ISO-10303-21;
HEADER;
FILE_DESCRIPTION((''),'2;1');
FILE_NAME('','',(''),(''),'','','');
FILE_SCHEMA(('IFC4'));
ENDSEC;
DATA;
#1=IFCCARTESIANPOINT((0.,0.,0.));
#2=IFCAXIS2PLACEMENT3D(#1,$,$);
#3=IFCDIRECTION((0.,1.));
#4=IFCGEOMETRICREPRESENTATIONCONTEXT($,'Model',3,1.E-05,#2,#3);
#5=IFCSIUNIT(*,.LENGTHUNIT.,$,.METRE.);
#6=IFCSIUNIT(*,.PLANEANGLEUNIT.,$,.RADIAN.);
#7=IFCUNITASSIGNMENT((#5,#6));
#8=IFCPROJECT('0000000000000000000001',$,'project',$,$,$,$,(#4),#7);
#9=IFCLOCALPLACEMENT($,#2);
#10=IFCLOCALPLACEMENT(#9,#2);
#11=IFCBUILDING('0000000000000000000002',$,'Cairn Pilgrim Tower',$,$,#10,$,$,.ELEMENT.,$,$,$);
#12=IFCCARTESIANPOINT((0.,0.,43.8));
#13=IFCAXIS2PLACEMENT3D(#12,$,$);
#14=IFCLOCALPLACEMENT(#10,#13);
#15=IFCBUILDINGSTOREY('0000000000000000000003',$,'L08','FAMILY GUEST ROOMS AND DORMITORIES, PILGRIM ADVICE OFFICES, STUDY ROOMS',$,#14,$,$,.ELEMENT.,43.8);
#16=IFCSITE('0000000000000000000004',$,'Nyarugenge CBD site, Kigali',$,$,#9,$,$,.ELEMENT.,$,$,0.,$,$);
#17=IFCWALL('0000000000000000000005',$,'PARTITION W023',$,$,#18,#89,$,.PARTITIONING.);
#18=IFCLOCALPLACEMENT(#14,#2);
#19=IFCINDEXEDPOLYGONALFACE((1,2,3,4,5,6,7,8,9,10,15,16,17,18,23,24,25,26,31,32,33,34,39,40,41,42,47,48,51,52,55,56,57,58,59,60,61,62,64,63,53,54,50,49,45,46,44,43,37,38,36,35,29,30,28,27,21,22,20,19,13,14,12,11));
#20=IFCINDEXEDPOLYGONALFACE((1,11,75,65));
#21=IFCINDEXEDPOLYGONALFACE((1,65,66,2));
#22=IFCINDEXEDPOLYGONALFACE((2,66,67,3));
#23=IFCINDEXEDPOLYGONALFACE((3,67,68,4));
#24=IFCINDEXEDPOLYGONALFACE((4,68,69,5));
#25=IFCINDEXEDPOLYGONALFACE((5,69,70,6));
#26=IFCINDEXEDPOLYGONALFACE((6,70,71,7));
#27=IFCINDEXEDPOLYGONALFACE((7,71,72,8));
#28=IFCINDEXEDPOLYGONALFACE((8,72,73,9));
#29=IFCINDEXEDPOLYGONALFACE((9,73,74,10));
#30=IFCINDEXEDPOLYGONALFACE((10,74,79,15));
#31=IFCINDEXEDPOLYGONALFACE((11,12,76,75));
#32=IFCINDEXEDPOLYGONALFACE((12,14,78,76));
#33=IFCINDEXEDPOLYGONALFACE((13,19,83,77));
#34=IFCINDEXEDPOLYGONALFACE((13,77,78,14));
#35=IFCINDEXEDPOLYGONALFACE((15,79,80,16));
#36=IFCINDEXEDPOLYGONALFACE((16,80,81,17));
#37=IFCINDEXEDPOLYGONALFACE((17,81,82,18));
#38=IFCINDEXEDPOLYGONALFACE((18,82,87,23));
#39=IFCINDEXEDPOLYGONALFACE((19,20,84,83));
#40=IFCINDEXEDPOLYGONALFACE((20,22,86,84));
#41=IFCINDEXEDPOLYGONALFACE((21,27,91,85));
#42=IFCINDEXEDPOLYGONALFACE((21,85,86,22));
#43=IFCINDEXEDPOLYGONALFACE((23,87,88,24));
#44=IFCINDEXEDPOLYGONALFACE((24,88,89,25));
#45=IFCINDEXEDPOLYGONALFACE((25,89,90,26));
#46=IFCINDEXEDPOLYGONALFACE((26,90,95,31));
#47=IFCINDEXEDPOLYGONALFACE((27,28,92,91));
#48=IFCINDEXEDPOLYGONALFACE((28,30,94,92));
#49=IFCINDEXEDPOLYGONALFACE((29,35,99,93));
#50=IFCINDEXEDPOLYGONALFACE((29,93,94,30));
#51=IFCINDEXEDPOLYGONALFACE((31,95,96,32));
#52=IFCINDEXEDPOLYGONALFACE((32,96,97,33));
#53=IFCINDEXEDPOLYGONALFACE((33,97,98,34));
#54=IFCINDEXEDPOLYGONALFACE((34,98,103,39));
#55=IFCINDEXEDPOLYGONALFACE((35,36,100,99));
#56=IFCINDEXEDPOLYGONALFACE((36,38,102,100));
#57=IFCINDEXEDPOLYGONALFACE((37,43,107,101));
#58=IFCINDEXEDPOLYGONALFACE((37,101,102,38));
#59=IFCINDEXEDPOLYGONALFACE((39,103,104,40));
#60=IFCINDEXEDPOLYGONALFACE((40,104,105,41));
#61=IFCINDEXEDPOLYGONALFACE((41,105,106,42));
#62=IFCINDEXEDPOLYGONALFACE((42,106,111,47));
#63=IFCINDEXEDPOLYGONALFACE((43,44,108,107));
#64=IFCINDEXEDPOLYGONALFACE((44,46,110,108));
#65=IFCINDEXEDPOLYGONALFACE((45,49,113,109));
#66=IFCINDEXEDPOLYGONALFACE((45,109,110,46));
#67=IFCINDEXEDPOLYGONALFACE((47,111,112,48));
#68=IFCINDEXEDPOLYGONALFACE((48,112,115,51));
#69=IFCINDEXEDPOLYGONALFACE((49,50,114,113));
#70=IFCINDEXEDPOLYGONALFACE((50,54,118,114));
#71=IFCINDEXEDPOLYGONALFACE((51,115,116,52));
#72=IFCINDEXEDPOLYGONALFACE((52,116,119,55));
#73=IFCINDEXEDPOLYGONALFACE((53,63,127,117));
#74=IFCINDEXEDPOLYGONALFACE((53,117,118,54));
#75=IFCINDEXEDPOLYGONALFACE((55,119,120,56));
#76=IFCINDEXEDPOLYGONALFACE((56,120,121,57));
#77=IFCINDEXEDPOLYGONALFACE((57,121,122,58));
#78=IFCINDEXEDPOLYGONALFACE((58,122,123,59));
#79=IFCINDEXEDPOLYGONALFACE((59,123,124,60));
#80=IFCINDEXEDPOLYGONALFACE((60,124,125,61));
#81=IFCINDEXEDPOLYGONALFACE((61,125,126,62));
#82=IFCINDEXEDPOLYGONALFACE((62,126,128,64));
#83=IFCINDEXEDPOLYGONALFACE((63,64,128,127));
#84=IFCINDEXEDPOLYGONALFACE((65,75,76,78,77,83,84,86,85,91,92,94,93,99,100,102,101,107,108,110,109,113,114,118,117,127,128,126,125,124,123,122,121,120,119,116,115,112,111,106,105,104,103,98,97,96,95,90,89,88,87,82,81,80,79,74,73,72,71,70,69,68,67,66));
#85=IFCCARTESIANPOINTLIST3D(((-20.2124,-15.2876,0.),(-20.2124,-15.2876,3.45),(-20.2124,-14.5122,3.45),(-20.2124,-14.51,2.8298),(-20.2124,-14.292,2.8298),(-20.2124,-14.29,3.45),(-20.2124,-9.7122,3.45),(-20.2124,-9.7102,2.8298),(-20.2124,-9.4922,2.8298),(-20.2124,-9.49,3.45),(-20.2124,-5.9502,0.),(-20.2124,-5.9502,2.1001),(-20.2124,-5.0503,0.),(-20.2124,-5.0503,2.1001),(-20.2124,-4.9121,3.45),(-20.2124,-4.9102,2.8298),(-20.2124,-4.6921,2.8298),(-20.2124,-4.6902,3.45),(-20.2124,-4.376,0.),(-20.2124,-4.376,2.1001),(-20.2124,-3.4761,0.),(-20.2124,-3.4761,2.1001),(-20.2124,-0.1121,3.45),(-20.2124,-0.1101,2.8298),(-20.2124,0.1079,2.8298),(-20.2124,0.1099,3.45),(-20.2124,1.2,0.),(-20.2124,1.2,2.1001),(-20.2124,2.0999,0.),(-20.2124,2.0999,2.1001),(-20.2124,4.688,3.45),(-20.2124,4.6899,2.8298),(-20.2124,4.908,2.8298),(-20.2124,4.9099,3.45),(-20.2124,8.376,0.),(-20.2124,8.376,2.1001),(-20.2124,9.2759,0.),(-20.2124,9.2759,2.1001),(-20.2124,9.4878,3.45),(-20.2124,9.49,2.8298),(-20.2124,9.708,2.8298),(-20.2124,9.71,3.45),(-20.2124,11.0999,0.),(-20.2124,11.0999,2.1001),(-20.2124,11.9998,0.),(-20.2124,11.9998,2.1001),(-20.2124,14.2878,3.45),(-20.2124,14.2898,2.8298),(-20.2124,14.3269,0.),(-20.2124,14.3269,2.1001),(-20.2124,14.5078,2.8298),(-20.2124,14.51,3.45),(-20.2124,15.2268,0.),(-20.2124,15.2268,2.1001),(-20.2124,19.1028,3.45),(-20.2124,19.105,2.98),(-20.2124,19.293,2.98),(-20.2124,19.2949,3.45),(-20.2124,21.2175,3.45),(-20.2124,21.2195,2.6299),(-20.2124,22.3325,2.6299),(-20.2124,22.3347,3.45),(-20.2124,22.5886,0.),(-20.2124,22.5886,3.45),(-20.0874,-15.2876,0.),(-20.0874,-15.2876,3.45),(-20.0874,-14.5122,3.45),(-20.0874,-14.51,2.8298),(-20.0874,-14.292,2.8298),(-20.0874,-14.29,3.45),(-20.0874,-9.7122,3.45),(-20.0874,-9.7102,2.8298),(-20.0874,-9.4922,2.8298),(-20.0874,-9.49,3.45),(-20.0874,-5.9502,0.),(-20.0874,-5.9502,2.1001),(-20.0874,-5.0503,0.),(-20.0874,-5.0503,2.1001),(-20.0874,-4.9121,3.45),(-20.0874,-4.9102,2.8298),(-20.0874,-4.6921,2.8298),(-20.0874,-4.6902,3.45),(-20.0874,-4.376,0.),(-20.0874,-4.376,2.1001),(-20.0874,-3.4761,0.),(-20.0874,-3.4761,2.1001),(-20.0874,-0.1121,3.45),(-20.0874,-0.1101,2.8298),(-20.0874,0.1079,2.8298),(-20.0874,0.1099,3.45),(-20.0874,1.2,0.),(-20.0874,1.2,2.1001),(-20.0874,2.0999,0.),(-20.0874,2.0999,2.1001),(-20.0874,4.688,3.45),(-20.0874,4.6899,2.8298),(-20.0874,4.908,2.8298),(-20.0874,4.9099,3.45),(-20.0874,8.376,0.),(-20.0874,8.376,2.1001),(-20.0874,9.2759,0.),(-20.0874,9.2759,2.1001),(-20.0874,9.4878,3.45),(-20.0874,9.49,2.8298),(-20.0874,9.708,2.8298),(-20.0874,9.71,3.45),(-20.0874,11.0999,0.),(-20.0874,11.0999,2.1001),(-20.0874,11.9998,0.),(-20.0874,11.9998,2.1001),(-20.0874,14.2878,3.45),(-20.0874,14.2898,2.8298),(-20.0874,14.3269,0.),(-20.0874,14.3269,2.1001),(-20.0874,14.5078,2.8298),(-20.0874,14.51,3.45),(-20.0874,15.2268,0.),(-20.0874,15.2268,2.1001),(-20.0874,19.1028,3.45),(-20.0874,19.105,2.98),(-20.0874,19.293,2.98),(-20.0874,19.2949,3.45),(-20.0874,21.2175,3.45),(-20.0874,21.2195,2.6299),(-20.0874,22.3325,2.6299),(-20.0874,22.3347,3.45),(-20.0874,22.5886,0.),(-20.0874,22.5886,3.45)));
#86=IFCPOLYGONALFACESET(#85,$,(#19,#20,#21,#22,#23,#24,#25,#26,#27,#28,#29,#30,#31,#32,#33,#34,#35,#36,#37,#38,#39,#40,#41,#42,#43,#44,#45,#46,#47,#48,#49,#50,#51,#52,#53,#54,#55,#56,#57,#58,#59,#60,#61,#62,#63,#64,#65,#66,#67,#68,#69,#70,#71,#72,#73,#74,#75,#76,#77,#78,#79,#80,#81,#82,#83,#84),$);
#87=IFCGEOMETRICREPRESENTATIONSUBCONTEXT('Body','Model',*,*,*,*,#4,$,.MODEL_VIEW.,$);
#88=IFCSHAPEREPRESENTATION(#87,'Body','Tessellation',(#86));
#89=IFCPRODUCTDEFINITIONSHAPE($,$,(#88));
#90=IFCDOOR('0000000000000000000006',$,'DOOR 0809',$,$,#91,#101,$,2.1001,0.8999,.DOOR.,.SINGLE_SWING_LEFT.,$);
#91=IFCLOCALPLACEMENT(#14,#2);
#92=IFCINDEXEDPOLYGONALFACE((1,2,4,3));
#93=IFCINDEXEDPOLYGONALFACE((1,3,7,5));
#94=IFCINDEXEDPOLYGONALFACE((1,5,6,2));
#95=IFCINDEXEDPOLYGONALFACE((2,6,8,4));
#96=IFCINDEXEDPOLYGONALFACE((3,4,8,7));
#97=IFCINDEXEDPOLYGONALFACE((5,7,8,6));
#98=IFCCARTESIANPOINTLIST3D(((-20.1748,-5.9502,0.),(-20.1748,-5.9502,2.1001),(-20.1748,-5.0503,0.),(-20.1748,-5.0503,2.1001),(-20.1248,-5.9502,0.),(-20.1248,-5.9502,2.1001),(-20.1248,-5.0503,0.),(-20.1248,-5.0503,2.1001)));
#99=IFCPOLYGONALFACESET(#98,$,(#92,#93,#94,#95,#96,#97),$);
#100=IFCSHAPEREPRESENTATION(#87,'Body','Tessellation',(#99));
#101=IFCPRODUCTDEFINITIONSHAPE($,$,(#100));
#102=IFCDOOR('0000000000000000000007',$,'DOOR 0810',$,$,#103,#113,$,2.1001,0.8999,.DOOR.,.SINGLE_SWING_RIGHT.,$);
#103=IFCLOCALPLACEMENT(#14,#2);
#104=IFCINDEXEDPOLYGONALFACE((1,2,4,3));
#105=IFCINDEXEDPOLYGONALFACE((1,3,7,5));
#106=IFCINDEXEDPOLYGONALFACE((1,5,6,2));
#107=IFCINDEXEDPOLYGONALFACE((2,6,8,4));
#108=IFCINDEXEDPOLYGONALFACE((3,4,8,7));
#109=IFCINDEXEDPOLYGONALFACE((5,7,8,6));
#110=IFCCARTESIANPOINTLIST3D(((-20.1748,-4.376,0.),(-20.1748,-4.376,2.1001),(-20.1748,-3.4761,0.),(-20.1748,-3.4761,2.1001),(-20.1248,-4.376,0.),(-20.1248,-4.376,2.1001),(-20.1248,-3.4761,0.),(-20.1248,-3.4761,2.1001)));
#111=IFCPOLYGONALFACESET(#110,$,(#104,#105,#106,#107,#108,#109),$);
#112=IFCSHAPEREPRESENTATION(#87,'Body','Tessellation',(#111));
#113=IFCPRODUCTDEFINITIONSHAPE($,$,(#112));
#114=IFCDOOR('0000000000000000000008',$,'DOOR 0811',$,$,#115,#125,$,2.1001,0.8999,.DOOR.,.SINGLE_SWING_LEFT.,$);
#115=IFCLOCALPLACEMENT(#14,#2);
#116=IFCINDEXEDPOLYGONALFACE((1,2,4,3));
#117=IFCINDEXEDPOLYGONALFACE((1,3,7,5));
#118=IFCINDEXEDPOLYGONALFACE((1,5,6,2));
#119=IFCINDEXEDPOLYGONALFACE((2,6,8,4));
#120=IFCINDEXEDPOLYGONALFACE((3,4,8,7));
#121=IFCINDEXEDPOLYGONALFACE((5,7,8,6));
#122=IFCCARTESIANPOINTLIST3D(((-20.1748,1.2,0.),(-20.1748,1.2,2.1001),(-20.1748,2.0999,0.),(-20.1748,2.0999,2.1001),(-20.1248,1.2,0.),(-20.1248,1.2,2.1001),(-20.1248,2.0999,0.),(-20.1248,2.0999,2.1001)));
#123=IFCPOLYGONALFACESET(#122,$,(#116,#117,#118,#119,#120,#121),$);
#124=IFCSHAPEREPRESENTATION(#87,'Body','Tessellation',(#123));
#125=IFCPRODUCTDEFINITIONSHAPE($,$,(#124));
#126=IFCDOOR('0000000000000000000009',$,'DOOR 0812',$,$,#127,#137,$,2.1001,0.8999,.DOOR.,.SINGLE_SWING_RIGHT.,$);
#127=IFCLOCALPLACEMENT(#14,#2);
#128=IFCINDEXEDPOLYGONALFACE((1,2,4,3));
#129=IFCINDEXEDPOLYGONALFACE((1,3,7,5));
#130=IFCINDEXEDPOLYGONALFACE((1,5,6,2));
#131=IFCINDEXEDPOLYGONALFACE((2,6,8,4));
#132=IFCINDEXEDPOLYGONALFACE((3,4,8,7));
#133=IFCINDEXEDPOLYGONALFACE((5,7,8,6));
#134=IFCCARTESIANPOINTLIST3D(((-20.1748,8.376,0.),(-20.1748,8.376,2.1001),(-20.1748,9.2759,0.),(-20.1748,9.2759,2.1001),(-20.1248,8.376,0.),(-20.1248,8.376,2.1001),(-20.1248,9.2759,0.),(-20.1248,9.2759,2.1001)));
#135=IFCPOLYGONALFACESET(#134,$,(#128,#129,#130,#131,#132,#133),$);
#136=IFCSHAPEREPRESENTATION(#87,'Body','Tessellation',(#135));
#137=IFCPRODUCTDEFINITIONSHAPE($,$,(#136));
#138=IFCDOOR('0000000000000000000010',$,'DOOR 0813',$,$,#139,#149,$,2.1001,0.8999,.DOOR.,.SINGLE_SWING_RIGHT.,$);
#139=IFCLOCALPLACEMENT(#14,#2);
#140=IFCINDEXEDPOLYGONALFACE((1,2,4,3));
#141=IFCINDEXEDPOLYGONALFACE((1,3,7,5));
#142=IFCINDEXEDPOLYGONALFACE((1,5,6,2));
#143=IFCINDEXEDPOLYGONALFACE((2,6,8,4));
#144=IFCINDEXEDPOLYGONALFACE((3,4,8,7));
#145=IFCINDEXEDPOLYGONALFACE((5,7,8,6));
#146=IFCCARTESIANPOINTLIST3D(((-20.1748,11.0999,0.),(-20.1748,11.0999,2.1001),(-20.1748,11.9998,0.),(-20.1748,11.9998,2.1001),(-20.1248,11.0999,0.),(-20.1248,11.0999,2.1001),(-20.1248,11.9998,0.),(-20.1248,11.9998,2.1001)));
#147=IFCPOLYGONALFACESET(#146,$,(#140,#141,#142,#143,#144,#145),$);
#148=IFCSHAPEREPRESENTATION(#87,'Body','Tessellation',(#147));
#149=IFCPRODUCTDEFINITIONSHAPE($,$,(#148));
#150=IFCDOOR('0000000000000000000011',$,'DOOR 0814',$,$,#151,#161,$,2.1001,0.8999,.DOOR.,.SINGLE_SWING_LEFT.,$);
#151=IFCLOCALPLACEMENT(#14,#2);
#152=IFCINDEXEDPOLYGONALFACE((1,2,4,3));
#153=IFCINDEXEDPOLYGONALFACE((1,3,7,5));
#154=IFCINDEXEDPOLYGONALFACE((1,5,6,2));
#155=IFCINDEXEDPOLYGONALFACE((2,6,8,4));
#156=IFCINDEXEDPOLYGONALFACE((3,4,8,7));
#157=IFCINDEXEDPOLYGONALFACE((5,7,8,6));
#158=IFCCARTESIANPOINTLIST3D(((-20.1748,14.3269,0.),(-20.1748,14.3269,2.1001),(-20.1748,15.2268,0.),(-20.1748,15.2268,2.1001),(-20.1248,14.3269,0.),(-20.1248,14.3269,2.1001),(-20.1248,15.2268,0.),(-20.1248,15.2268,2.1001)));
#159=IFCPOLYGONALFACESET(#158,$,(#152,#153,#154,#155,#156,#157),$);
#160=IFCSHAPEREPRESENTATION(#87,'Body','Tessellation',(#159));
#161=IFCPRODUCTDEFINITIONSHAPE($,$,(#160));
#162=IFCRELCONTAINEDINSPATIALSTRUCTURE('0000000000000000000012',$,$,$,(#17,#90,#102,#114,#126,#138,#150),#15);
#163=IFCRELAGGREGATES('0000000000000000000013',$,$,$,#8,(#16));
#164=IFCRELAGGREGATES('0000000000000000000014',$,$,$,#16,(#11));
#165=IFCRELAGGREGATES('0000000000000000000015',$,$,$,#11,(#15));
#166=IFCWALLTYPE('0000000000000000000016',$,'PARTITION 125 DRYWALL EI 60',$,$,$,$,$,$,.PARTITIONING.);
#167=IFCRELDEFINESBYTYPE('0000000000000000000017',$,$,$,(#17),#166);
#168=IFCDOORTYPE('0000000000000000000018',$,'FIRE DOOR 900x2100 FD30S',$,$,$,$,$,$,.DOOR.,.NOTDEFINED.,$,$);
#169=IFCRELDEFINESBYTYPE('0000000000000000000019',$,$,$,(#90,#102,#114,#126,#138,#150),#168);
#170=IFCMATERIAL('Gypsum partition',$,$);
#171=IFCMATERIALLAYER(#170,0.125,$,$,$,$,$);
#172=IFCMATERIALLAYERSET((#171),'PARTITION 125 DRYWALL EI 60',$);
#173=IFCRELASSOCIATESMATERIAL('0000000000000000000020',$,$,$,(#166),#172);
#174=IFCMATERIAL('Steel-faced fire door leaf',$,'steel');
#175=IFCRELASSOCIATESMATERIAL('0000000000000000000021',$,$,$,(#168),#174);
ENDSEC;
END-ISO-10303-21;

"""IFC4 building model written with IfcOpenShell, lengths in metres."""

from ifc_helpers import new_model, si_unit, direction, frame, frame_2d, origin, place, context, subcontext, project, spatial, polyline, rectangle, outline, extrude, material, layer, layer_set, type_object, element, fill, save


model = new_model("IFC4")

# Units and contexts
model_context = context("Model", 3, precision=1e-05, world=origin(), true_north=direction((0.0, 1.0)))
body_context = subcontext(model_context, "Body", "Model", "MODEL_VIEW")
ifc_project = project(units=[si_unit("LENGTHUNIT", "METRE"), si_unit("PLANEANGLEUNIT", "RADIAN")], contexts=[model_context])

# Site, building, storey
site_placement = place(None, origin())
site = spatial("IfcSite", under=ifc_project, at=site_placement, Name="Nyarugenge CBD site, Kigali", CompositionType="ELEMENT", RefElevation=0.0)
building_placement = place(site_placement, origin())
building = spatial("IfcBuilding", under=site, at=building_placement, Name="Cairn Pilgrim Tower", CompositionType="ELEMENT")
storey_placement = place(building_placement, frame((0.0, 0.0, 43.8)))
storey = spatial("IfcBuildingStorey", under=building, at=storey_placement, Name="L08", Description="FAMILY GUEST ROOMS AND DORMITORIES, PILGRIM ADVICE OFFICES, STUDY ROOMS", CompositionType="ELEMENT", Elevation=43.8)

# Wall, openings, doors
ifc_material_1 = material(Name="Gypsum partition")
ifc_layer_1 = layer(ifc_material_1, 0.125)
ifc_layer_set_1 = layer_set([ifc_layer_1], Name="PARTITION 125 DRYWALL EI 60")
wall_type_1 = type_object("IfcWallType", Name="PARTITION 125 DRYWALL EI 60", PredefinedType="PARTITIONING", material=ifc_layer_set_1)
ifc_material_2 = material(Name="Steel-faced fire door leaf", Category="steel")
door_type = type_object("IfcDoorType", Name="FIRE DOOR 900x2100 FD30S", OperationType="NOTDEFINED", PredefinedType="DOOR", material=ifc_material_2)
wall_1_placement = place(storey_placement, frame((-20.1499, -15.2876, 0.0), z_axis=(0.0, 0.0, 1.0), x_axis=(0.0, 1.0, 0.0)))
wall_1 = element("IfcWall", 1, at=wall_1_placement, inside=storey, type_object=wall_type_1, Name="PARTITION W023", PredefinedType="PARTITIONING", context=body_context, shape_type="SweptSolid", body=[
    extrude(outline(polyline([(0.0, 0.0), (37.8762, 0.0), (37.8762, 3.45), (37.6223, 3.45), (37.6201, 2.6299), (36.5071, 2.6299), (36.5051, 3.45), (34.5825, 3.45), (34.5806, 2.98), (34.3926, 2.98), (34.3904, 3.45), (29.7976, 3.45), (29.7954, 2.8298), (29.5774, 2.8298), (29.5754, 3.45), (24.9976, 3.45), (24.9956, 2.8298), (24.7776, 2.8298), (24.7754, 3.45), (20.1975, 3.45), (20.1956, 2.8298), (19.9775, 2.8298), (19.9756, 3.45), (15.3975, 3.45), (15.3955, 2.8298), (15.1775, 2.8298), (15.1755, 3.45), (10.5974, 3.45), (10.5955, 2.8298), (10.3774, 2.8298), (10.3755, 3.45), (5.7976, 3.45), (5.7954, 2.8298), (5.5774, 2.8298), (5.5754, 3.45), (0.9976, 3.45), (0.9956, 2.8298), (0.7776, 2.8298), (0.7754, 3.45), (0.0, 3.45), (0.0, 0.0)])), frame((0.0, 0.0625, 0.0), z_axis=(0.0, -1.0, 0.0), x_axis=(1.0, 0.0, 0.0)), (0.0, 0.0, 1.0), 0.125),
])
opening_1_placement = place(wall_1_placement, frame((9.3374, 0.0, 0.0)))
opening_1 = element("IfcOpeningElement", 2, at=opening_1_placement, cuts=wall_1, PredefinedType="OPENING", context=body_context, shape_type="SweptSolid", body=[
    extrude(rectangle(XDim=0.8999, YDim=2.1001, at=frame_2d((0.45, 1.05))), frame((0.0, 0.0725, 0.0), z_axis=(0.0, -1.0, 0.0), x_axis=(1.0, 0.0, 0.0)), (0.0, 0.0, 1.0), 0.145),
])
opening_2_placement = place(wall_1_placement, frame((10.9116, 0.0, 0.0)))
opening_2 = element("IfcOpeningElement", 3, at=opening_2_placement, cuts=wall_1, PredefinedType="OPENING", context=body_context, shape_type="SweptSolid", body=[
    extrude(rectangle(XDim=0.8999, YDim=2.1001, at=frame_2d((0.45, 1.05))), frame((0.0, 0.0725, 0.0), z_axis=(0.0, -1.0, 0.0), x_axis=(1.0, 0.0, 0.0)), (0.0, 0.0, 1.0), 0.145),
])
opening_3_placement = place(wall_1_placement, frame((16.4875, 0.0, 0.0)))
opening_3 = element("IfcOpeningElement", 4, at=opening_3_placement, cuts=wall_1, PredefinedType="OPENING", context=body_context, shape_type="SweptSolid", body=[
    extrude(rectangle(XDim=0.8999, YDim=2.1001, at=frame_2d((0.45, 1.05))), frame((0.0, 0.0725, 0.0), z_axis=(0.0, -1.0, 0.0), x_axis=(1.0, 0.0, 0.0)), (0.0, 0.0, 1.0), 0.145),
])
opening_4_placement = place(wall_1_placement, frame((23.6636, 0.0, 0.0)))
opening_4 = element("IfcOpeningElement", 5, at=opening_4_placement, cuts=wall_1, PredefinedType="OPENING", context=body_context, shape_type="SweptSolid", body=[
    extrude(rectangle(XDim=0.8999, YDim=2.1001, at=frame_2d((0.45, 1.05))), frame((0.0, 0.0725, 0.0), z_axis=(0.0, -1.0, 0.0), x_axis=(1.0, 0.0, 0.0)), (0.0, 0.0, 1.0), 0.145),
])
opening_5_placement = place(wall_1_placement, frame((26.3875, 0.0, 0.0)))
opening_5 = element("IfcOpeningElement", 6, at=opening_5_placement, cuts=wall_1, PredefinedType="OPENING", context=body_context, shape_type="SweptSolid", body=[
    extrude(rectangle(XDim=0.8999, YDim=2.1001, at=frame_2d((0.45, 1.05))), frame((0.0, 0.0725, 0.0), z_axis=(0.0, -1.0, 0.0), x_axis=(1.0, 0.0, 0.0)), (0.0, 0.0, 1.0), 0.145),
])
opening_6_placement = place(wall_1_placement, frame((29.6145, 0.0, 0.0)))
opening_6 = element("IfcOpeningElement", 7, at=opening_6_placement, cuts=wall_1, PredefinedType="OPENING", context=body_context, shape_type="SweptSolid", body=[
    extrude(rectangle(XDim=0.8999, YDim=2.1001, at=frame_2d((0.45, 1.05))), frame((0.0, 0.0725, 0.0), z_axis=(0.0, -1.0, 0.0), x_axis=(1.0, 0.0, 0.0)), (0.0, 0.0, 1.0), 0.145),
])
door_1_placement = place(opening_1_placement, origin())
door_1 = element("IfcDoor", 8, at=door_1_placement, inside=storey, type_object=door_type, Name="DOOR 0809", OperationType="SINGLE_SWING_LEFT", OverallHeight=2.1001, OverallWidth=0.8999, PredefinedType="DOOR", context=body_context, shape_type="SweptSolid", body=[
    extrude(rectangle(XDim=0.8999, YDim=2.1001, at=frame_2d((0.45, 1.05))), frame((0.0, 0.0249, 0.0), z_axis=(0.0, -1.0, 0.0), x_axis=(1.0, 0.0, 0.0)), (0.0, 0.0, 1.0), 0.05),
])
fill(opening_1, door_1)
door_2_placement = place(opening_2_placement, origin())
door_2 = element("IfcDoor", 9, at=door_2_placement, inside=storey, type_object=door_type, Name="DOOR 0810", OperationType="SINGLE_SWING_RIGHT", OverallHeight=2.1001, OverallWidth=0.8999, PredefinedType="DOOR", context=body_context, shape_type="SweptSolid", body=[
    extrude(rectangle(XDim=0.8999, YDim=2.1001, at=frame_2d((0.45, 1.05))), frame((0.0, 0.0249, 0.0), z_axis=(0.0, -1.0, 0.0), x_axis=(1.0, 0.0, 0.0)), (0.0, 0.0, 1.0), 0.05),
])
fill(opening_2, door_2)
door_3_placement = place(opening_3_placement, origin())
door_3 = element("IfcDoor", 10, at=door_3_placement, inside=storey, type_object=door_type, Name="DOOR 0811", OperationType="SINGLE_SWING_LEFT", OverallHeight=2.1001, OverallWidth=0.8999, PredefinedType="DOOR", context=body_context, shape_type="SweptSolid", body=[
    extrude(rectangle(XDim=0.8999, YDim=2.1001, at=frame_2d((0.45, 1.05))), frame((0.0, 0.0249, 0.0), z_axis=(0.0, -1.0, 0.0), x_axis=(1.0, 0.0, 0.0)), (0.0, 0.0, 1.0), 0.05),
])
fill(opening_3, door_3)
door_4_placement = place(opening_4_placement, origin())
door_4 = element("IfcDoor", 11, at=door_4_placement, inside=storey, type_object=door_type, Name="DOOR 0812", OperationType="SINGLE_SWING_RIGHT", OverallHeight=2.1001, OverallWidth=0.8999, PredefinedType="DOOR", context=body_context, shape_type="SweptSolid", body=[
    extrude(rectangle(XDim=0.8999, YDim=2.1001, at=frame_2d((0.45, 1.05))), frame((0.0, 0.0249, 0.0), z_axis=(0.0, -1.0, 0.0), x_axis=(1.0, 0.0, 0.0)), (0.0, 0.0, 1.0), 0.05),
])
fill(opening_4, door_4)
door_5_placement = place(opening_5_placement, origin())
door_5 = element("IfcDoor", 12, at=door_5_placement, inside=storey, type_object=door_type, Name="DOOR 0813", OperationType="SINGLE_SWING_RIGHT", OverallHeight=2.1001, OverallWidth=0.8999, PredefinedType="DOOR", context=body_context, shape_type="SweptSolid", body=[
    extrude(rectangle(XDim=0.8999, YDim=2.1001, at=frame_2d((0.45, 1.05))), frame((0.0, 0.0249, 0.0), z_axis=(0.0, -1.0, 0.0), x_axis=(1.0, 0.0, 0.0)), (0.0, 0.0, 1.0), 0.05),
])
fill(opening_5, door_5)
door_6_placement = place(opening_6_placement, origin())
door_6 = element("IfcDoor", 13, at=door_6_placement, inside=storey, type_object=door_type, Name="DOOR 0814", OperationType="SINGLE_SWING_LEFT", OverallHeight=2.1001, OverallWidth=0.8999, PredefinedType="DOOR", context=body_context, shape_type="SweptSolid", body=[
    extrude(rectangle(XDim=0.8999, YDim=2.1001, at=frame_2d((0.45, 1.05))), frame((0.0, 0.0249, 0.0), z_axis=(0.0, -1.0, 0.0), x_axis=(1.0, 0.0, 0.0)), (0.0, 0.0, 1.0), 0.05),
])
fill(opening_6, door_6)

save(model, "model.ifc")
